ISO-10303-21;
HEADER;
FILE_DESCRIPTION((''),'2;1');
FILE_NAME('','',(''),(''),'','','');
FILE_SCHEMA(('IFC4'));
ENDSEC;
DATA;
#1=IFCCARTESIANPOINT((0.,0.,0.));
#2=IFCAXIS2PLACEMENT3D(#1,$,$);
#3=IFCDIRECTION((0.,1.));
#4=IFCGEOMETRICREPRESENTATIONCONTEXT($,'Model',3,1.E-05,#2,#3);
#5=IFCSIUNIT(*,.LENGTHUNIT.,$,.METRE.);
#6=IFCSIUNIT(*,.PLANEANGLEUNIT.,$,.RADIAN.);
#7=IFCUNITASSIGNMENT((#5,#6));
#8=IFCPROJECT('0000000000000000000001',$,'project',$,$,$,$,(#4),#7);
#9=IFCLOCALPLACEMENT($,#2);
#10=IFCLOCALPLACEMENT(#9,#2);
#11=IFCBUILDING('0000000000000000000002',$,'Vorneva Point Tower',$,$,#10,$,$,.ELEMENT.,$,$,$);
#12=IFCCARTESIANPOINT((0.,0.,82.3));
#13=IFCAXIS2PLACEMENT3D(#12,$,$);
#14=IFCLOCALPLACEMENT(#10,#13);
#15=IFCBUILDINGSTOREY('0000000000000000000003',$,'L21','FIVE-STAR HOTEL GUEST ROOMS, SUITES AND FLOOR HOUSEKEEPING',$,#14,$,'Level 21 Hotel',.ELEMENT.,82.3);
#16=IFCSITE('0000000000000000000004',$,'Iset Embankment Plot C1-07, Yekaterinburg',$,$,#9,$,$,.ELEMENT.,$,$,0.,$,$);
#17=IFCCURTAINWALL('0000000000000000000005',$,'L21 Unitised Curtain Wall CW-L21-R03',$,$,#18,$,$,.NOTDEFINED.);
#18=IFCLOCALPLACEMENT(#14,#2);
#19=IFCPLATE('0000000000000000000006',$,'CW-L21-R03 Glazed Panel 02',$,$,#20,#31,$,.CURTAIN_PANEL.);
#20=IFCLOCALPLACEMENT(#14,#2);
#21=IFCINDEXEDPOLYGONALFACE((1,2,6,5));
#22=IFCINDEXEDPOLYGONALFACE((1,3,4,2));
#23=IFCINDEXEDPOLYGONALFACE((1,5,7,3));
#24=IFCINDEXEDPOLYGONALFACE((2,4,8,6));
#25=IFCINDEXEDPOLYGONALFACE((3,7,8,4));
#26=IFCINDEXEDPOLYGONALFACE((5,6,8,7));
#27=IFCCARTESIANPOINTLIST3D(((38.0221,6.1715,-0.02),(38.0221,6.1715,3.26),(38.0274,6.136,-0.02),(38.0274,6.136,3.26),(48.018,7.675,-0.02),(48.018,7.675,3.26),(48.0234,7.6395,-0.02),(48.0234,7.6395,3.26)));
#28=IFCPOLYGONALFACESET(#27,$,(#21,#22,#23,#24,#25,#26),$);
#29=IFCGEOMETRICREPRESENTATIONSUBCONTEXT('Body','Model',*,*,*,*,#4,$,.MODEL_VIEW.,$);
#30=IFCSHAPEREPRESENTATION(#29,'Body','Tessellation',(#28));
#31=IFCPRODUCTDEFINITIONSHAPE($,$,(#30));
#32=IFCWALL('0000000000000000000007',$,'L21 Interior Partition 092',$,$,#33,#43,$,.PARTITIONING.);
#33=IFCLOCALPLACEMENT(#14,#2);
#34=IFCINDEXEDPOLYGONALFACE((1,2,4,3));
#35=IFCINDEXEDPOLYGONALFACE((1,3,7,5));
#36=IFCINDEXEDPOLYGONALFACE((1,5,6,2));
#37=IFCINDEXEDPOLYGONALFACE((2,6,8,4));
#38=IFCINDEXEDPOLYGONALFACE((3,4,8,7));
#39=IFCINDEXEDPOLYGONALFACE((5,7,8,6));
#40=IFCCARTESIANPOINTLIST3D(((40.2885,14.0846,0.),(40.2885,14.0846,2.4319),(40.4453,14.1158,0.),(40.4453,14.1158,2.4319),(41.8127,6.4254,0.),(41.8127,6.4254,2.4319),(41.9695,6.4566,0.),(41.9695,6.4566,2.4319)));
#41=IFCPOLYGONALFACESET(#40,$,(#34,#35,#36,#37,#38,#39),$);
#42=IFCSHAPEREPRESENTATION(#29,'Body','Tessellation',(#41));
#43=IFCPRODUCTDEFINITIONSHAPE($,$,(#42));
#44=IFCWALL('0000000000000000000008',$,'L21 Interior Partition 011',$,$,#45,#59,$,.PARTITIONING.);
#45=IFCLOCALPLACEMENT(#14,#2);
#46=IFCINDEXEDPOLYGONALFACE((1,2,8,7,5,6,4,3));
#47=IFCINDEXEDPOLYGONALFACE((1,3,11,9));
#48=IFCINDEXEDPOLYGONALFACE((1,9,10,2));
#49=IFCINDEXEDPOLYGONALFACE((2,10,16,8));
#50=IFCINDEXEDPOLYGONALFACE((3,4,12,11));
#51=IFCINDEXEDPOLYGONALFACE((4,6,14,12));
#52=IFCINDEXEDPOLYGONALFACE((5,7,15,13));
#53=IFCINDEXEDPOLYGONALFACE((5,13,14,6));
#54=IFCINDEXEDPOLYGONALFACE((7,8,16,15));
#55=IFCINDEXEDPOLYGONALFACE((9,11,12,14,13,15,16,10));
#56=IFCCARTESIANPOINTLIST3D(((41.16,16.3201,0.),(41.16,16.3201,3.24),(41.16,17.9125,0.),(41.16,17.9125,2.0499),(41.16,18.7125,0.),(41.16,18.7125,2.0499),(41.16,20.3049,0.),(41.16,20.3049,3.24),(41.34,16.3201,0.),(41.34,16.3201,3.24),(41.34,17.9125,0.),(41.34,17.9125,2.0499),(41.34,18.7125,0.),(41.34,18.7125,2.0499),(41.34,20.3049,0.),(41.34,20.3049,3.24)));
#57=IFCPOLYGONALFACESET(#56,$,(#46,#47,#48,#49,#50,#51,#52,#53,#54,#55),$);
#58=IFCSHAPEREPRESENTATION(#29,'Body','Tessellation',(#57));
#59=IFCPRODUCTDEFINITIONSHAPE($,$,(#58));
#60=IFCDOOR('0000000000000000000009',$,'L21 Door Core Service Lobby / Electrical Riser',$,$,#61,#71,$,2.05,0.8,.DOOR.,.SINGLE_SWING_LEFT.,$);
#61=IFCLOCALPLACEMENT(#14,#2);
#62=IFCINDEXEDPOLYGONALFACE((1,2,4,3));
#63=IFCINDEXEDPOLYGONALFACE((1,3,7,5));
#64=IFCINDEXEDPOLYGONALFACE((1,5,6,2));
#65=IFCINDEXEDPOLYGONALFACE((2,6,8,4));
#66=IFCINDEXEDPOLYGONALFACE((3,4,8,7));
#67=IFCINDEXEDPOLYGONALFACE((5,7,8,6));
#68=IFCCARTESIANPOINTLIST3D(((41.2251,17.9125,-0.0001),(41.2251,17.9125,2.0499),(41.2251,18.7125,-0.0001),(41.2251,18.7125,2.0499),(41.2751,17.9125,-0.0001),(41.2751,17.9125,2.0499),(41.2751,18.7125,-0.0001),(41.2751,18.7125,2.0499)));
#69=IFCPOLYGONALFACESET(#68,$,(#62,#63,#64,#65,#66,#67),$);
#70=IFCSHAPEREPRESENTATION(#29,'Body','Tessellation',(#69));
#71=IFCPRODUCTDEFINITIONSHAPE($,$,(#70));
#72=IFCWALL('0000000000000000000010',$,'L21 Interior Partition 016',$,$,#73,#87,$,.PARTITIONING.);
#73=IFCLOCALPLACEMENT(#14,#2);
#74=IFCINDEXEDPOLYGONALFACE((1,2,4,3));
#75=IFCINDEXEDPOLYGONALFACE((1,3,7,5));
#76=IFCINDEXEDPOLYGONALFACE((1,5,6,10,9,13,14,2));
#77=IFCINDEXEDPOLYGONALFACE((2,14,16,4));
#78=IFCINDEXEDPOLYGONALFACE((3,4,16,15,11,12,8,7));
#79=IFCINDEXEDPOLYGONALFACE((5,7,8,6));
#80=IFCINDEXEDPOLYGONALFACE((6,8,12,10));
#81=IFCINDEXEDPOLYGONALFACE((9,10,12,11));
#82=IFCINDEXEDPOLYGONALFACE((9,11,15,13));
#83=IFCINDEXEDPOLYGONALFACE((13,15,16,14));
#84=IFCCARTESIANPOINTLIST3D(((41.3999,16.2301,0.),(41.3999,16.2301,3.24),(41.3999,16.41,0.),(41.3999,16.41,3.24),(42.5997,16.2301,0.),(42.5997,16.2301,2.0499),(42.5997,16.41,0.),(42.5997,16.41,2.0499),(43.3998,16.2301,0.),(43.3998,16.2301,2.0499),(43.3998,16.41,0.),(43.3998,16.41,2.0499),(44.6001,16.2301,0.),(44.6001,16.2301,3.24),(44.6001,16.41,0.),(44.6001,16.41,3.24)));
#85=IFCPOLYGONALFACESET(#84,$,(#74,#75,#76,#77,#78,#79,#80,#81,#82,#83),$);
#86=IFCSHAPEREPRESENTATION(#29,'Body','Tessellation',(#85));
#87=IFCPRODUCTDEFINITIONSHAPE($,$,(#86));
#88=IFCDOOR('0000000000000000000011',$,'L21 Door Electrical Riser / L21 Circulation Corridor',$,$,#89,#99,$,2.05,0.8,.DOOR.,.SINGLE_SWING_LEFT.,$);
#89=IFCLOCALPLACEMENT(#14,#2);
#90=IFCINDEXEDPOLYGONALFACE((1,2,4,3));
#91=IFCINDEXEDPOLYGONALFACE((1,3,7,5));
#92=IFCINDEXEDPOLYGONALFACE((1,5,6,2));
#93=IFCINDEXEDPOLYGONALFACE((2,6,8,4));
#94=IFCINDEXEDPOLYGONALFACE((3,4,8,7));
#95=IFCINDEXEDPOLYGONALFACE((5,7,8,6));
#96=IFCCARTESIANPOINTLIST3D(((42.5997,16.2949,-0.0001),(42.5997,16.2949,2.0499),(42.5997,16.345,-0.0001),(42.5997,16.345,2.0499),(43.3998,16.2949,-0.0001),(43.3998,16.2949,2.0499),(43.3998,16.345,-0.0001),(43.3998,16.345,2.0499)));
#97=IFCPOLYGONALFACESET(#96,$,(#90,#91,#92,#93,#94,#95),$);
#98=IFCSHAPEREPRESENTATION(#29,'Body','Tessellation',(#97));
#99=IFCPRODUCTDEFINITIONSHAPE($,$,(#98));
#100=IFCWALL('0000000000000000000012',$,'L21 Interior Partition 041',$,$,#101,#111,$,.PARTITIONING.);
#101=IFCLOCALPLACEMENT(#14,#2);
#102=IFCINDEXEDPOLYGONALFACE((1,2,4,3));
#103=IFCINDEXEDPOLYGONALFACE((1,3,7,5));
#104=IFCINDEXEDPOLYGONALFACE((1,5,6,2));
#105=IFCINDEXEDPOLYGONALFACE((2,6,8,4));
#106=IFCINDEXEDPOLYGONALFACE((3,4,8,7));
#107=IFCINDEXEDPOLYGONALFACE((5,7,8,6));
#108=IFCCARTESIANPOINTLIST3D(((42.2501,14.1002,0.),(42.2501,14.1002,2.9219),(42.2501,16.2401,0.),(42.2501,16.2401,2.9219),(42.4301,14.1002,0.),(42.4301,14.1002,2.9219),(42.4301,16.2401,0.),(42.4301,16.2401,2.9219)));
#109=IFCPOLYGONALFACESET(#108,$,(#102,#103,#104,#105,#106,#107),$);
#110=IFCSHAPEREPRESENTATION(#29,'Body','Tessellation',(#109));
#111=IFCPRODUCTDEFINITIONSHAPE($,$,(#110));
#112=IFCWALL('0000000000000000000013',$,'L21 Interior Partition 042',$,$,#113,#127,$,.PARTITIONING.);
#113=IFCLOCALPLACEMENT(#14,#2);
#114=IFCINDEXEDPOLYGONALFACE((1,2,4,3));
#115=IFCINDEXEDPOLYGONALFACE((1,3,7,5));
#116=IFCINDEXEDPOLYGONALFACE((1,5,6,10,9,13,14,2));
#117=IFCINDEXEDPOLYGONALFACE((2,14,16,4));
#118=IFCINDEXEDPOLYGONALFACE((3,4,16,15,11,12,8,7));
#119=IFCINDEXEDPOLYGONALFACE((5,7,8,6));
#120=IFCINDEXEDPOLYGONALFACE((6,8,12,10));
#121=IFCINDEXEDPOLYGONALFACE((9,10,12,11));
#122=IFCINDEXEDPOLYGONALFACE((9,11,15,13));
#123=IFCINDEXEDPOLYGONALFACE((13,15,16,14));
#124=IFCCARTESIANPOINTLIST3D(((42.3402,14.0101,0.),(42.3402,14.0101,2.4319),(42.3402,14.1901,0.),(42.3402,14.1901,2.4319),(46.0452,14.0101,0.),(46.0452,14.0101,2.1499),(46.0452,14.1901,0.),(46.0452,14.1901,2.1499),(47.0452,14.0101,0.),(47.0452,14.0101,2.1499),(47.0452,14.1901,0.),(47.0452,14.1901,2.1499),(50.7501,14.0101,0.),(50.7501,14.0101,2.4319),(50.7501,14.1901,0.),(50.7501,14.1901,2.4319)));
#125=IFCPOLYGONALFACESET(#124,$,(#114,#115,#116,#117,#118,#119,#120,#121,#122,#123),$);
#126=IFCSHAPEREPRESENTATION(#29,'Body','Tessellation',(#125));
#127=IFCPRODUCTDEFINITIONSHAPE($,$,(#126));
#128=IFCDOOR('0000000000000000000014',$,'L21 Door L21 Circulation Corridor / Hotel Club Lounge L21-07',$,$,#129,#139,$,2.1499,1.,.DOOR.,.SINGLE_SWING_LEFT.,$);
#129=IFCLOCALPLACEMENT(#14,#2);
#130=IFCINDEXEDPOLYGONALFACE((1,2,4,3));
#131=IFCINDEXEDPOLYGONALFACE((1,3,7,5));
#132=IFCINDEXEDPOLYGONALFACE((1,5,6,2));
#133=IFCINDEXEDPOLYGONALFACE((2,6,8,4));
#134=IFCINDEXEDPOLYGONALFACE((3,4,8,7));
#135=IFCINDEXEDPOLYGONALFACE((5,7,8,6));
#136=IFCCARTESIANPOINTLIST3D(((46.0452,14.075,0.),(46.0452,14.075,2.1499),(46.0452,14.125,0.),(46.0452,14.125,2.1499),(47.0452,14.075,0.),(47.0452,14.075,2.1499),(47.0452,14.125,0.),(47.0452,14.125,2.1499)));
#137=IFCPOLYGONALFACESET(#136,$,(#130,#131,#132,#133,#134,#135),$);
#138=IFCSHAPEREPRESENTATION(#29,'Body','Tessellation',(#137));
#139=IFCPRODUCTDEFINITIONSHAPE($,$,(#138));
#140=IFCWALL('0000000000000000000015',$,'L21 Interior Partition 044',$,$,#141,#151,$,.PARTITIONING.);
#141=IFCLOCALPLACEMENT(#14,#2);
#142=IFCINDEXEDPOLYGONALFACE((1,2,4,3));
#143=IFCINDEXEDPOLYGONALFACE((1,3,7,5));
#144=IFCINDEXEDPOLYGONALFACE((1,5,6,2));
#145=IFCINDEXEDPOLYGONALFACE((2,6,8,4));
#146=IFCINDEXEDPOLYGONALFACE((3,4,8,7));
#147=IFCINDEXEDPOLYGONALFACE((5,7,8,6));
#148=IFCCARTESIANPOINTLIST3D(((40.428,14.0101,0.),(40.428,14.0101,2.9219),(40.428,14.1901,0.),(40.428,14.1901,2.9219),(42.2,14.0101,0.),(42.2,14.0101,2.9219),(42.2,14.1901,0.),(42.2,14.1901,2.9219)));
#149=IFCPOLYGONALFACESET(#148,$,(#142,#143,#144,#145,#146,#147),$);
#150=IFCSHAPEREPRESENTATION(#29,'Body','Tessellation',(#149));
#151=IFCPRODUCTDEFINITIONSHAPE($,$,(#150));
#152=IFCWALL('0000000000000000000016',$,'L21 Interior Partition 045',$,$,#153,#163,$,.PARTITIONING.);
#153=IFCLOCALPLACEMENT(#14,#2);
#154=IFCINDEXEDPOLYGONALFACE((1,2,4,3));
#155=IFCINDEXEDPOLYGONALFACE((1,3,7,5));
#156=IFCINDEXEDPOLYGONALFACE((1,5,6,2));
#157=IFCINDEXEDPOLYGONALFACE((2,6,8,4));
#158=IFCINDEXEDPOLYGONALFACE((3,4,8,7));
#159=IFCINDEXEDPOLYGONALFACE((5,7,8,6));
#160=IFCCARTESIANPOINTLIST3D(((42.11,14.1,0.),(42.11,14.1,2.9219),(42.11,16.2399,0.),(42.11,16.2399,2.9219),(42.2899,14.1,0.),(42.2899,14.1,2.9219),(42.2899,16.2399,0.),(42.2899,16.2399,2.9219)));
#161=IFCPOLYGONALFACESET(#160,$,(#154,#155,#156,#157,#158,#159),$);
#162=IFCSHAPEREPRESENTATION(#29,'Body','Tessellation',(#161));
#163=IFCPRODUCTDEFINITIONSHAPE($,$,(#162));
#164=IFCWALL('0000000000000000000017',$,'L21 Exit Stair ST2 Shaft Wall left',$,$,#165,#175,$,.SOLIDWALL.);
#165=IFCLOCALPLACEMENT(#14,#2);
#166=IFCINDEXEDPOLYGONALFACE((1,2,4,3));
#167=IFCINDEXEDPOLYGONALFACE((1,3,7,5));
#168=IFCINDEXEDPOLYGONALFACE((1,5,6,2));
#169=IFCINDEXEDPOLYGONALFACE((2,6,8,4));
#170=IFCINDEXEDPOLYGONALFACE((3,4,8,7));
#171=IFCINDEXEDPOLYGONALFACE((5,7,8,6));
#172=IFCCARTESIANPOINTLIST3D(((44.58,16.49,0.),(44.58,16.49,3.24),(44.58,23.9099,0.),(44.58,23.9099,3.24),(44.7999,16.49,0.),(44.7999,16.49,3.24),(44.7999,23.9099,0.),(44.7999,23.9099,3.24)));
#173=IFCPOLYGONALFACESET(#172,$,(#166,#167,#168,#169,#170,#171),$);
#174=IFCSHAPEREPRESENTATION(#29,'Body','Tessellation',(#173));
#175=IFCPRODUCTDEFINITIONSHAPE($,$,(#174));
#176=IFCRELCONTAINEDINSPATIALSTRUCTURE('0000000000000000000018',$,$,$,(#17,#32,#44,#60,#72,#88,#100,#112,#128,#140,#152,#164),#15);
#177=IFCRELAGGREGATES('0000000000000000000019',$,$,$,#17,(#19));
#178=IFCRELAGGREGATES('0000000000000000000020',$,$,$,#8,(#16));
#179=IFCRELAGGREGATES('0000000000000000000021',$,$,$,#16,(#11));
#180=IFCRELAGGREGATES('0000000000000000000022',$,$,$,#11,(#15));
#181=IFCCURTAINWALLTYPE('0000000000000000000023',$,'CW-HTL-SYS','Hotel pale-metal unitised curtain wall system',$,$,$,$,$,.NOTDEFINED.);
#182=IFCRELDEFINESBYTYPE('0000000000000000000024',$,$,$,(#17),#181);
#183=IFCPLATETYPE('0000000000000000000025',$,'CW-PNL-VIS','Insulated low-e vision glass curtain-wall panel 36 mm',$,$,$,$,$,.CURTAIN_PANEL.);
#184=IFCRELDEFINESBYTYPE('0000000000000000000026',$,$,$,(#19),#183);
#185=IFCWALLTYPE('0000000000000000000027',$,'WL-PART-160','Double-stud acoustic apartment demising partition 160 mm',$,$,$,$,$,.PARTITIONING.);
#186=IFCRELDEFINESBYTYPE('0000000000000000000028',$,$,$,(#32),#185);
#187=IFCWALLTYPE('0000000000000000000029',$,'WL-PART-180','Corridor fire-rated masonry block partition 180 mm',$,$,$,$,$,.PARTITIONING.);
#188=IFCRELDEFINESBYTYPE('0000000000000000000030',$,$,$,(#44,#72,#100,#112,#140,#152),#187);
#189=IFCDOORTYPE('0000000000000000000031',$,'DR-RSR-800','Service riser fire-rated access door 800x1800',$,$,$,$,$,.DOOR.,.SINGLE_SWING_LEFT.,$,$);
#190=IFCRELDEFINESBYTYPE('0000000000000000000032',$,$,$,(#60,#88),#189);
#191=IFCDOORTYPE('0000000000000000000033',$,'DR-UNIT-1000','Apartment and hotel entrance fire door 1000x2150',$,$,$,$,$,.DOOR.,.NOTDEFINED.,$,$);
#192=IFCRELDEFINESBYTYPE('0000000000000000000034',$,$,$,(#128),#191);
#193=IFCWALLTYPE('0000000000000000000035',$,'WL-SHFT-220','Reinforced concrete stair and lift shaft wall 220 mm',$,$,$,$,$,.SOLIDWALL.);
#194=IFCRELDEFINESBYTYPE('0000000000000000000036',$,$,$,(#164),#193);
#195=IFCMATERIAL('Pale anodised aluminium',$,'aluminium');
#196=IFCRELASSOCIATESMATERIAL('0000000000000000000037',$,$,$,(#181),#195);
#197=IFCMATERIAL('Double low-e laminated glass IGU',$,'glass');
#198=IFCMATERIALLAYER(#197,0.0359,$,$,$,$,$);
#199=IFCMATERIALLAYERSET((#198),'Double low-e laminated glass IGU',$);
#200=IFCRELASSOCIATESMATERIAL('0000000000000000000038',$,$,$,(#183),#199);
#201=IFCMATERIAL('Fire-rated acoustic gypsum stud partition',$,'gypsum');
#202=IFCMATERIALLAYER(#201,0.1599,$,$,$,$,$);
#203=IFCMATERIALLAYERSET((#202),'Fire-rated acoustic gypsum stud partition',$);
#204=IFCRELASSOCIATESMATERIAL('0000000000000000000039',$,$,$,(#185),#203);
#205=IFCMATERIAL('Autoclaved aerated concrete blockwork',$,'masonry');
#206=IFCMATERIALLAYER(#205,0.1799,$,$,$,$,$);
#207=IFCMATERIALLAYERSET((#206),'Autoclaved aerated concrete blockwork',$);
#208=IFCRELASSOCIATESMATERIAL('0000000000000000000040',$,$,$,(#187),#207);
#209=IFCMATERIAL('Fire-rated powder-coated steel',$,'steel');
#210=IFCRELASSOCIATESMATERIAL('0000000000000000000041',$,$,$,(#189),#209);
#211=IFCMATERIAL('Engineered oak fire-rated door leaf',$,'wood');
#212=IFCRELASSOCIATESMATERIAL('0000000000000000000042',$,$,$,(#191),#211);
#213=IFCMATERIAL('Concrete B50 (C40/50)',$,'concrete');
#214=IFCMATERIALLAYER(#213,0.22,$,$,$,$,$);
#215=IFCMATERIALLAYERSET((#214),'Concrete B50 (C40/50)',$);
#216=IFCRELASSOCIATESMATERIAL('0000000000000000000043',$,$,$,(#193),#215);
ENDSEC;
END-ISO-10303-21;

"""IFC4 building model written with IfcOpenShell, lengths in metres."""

from ifc_helpers import new_model, si_unit, direction, frame, frame_2d, origin, origin_2d, place, context, subcontext, project, spatial, rectangle, extrude, material, layer, layer_set, type_object, element, fill, aggregate, save


model = new_model("IFC4")

# Units and contexts
model_context = context("Model", 3, precision=1e-05, world=origin(), true_north=direction((0.0, 1.0)))
body_context = subcontext(model_context, "Body", "Model", "MODEL_VIEW")
ifc_project = project(units=[si_unit("LENGTHUNIT", "METRE"), si_unit("PLANEANGLEUNIT", "RADIAN")], contexts=[model_context])

# Site, building, storey
site_placement = place(None, origin())
site = spatial("IfcSite", under=ifc_project, at=site_placement, Name="Iset Embankment Plot C1-07, Yekaterinburg", CompositionType="ELEMENT", RefElevation=0.0)
building_placement = place(site_placement, origin())
building = spatial("IfcBuilding", under=site, at=building_placement, Name="Vorneva Point Tower", CompositionType="ELEMENT")
storey_placement = place(building_placement, frame((0.0, 0.0, 82.3)))
storey = spatial("IfcBuildingStorey", under=building, at=storey_placement, Name="L21", Description="FIVE-STAR HOTEL GUEST ROOMS, SUITES AND FLOOR HOUSEKEEPING", LongName="Level 21 Hotel", CompositionType="ELEMENT", Elevation=82.3)

# Curtain wall, plate
ifc_material_1 = material(Name="Pale anodised aluminium", Category="aluminium")
curtain_wall_type = type_object("IfcCurtainWallType", Name="CW-HTL-SYS", Description="Hotel pale-metal unitised curtain wall system", PredefinedType="NOTDEFINED", material=ifc_material_1)
curtain_wall_placement = place(storey_placement, origin())
curtain_wall = element("IfcCurtainWall", 1, at=curtain_wall_placement, inside=storey, type_object=curtain_wall_type, Name="L21 Unitised Curtain Wall CW-L21-R03", PredefinedType="NOTDEFINED")
ifc_material_2 = material(Name="Double low-e laminated glass IGU", Category="glass")
ifc_layer_1 = layer(ifc_material_2, 0.0359)
ifc_layer_set_1 = layer_set([ifc_layer_1], Name="Double low-e laminated glass IGU")
plate_type = type_object("IfcPlateType", Name="CW-PNL-VIS", Description="Insulated low-e vision glass curtain-wall panel 36 mm", PredefinedType="CURTAIN_PANEL", material=ifc_layer_set_1)
plate_placement = place(storey_placement, frame((43.0227, 6.9055, -0.02), z_axis=(0.0, 0.0, 1.0), x_axis=(0.988876, 0.148741, 0.0)))
plate = element("IfcPlate", 2, at=plate_placement, type_object=plate_type, Name="CW-L21-R03 Glazed Panel 02", PredefinedType="CURTAIN_PANEL", context=body_context, shape_type="SweptSolid", body=[
    extrude(rectangle(XDim=10.1084, YDim=0.0359, at=origin_2d()), origin(), (0.0, 0.0, 1.0), 3.28),
])
aggregate(curtain_wall, [plate])

# Wall
ifc_material_3 = material(Name="Fire-rated acoustic gypsum stud partition", Category="gypsum")
ifc_layer_2 = layer(ifc_material_3, 0.1599)
ifc_layer_set_2 = layer_set([ifc_layer_2], Name="Fire-rated acoustic gypsum stud partition")
wall_type_1 = type_object("IfcWallType", Name="WL-PART-160", Description="Double-stud acoustic apartment demising partition 160 mm", PredefinedType="PARTITIONING", material=ifc_layer_set_2)
wall_1_placement = place(storey_placement, frame((41.8911, 6.4409, 0.0), z_axis=(0.0, 0.0, 1.0), x_axis=(-0.195172, 0.980769, 0.0)))
element("IfcWall", 3, at=wall_1_placement, inside=storey, type_object=wall_type_1, Name="L21 Interior Partition 092", PredefinedType="PARTITIONING", context=body_context, shape_type="SweptSolid", body=[
    extrude(rectangle(XDim=7.8093, YDim=0.1599, at=frame_2d((3.9048, 0.0))), origin(), (0.0, 0.0, 1.0), 2.4319),
])

# Walls, openings, doors
ifc_material_4 = material(Name="Autoclaved aerated concrete blockwork", Category="masonry")
ifc_layer_3 = layer(ifc_material_4, 0.1799)
ifc_layer_set_3 = layer_set([ifc_layer_3], Name="Autoclaved aerated concrete blockwork")
wall_type_2 = type_object("IfcWallType", Name="WL-PART-180", Description="Corridor fire-rated masonry block partition 180 mm", PredefinedType="PARTITIONING", material=ifc_layer_set_3)
wall_2_placement = place(storey_placement, frame((41.25, 16.3201, 0.0), z_axis=(0.0, 0.0, 1.0), x_axis=(0.0, 1.0, 0.0)))
wall_2 = element("IfcWall", 4, at=wall_2_placement, inside=storey, type_object=wall_type_2, Name="L21 Interior Partition 011", PredefinedType="PARTITIONING", context=body_context, shape_type="SweptSolid", body=[
    extrude(rectangle(XDim=3.9849, YDim=0.1799, at=frame_2d((1.9924, 0.0))), origin(), (0.0, 0.0, 1.0), 3.24),
])
opening_1_placement = place(wall_2_placement, frame((1.5925, 0.0, 0.0)))
opening_1 = element("IfcOpeningElement", 5, at=opening_1_placement, cuts=wall_2, PredefinedType="OPENING", context=body_context, shape_type="SweptSolid", body=[
    extrude(rectangle(XDim=0.8, YDim=2.05, at=frame_2d((0.3999, 1.0249))), frame((0.0, 0.105, 0.0), z_axis=(0.0, -1.0, 0.0), x_axis=(1.0, 0.0, 0.0)), (0.0, 0.0, 1.0), 0.2097),
])
ifc_material_5 = material(Name="Fire-rated powder-coated steel", Category="steel")
door_type_1 = type_object("IfcDoorType", Name="DR-RSR-800", Description="Service riser fire-rated access door 800x1800", OperationType="SINGLE_SWING_LEFT", PredefinedType="DOOR", material=ifc_material_5)
door_1_placement = place(opening_1_placement, origin())
door_1 = element("IfcDoor", 6, at=door_1_placement, inside=storey, type_object=door_type_1, Name="L21 Door Core Service Lobby / Electrical Riser", OperationType="SINGLE_SWING_LEFT", OverallHeight=2.05, OverallWidth=0.8, PredefinedType="DOOR", context=body_context, shape_type="SweptSolid", body=[
    extrude(rectangle(XDim=0.8, YDim=2.05, at=frame_2d((0.3999, 1.0249))), frame((0.0, 0.0249, 0.0), z_axis=(0.0, -1.0, 0.0), x_axis=(1.0, 0.0, 0.0)), (0.0, 0.0, 1.0), 0.05),
])
fill(opening_1, door_1)
wall_3_placement = place(storey_placement, frame((41.3999, 16.3201, 0.0), z_axis=(0.0, 0.0, 1.0), x_axis=(1.0, 0.0, 0.0)))
wall_3 = element("IfcWall", 7, at=wall_3_placement, inside=storey, type_object=wall_type_2, Name="L21 Interior Partition 016", PredefinedType="PARTITIONING", context=body_context, shape_type="SweptSolid", body=[
    extrude(rectangle(XDim=3.2002, YDim=0.1799, at=frame_2d((1.6001, 0.0))), origin(), (0.0, 0.0, 1.0), 3.24),
])
opening_2_placement = place(wall_3_placement, frame((1.2, 0.0, 0.0)))
opening_2 = element("IfcOpeningElement", 8, at=opening_2_placement, cuts=wall_3, PredefinedType="OPENING", context=body_context, shape_type="SweptSolid", body=[
    extrude(rectangle(XDim=0.8, YDim=2.05, at=frame_2d((0.3999, 1.0249))), frame((0.0, 0.105, 0.0), z_axis=(0.0, -1.0, 0.0), x_axis=(1.0, 0.0, 0.0)), (0.0, 0.0, 1.0), 0.2097),
])
door_2_placement = place(opening_2_placement, origin())
door_2 = element("IfcDoor", 9, at=door_2_placement, inside=storey, type_object=door_type_1, Name="L21 Door Electrical Riser / L21 Circulation Corridor", OperationType="SINGLE_SWING_LEFT", OverallHeight=2.05, OverallWidth=0.8, PredefinedType="DOOR", context=body_context, shape_type="SweptSolid", body=[
    extrude(rectangle(XDim=0.8, YDim=2.05, at=frame_2d((0.3999, 1.0249))), frame((0.0, 0.0249, 0.0), z_axis=(0.0, -1.0, 0.0), x_axis=(1.0, 0.0, 0.0)), (0.0, 0.0, 1.0), 0.05),
])
fill(opening_2, door_2)

# Wall
wall_4_placement = place(storey_placement, frame((42.3401, 16.24, 0.0), z_axis=(0.0, 0.0, 1.0), x_axis=(0.0, -1.0, 0.0)))
element("IfcWall", 10, at=wall_4_placement, inside=storey, type_object=wall_type_2, Name="L21 Interior Partition 041", PredefinedType="PARTITIONING", context=body_context, shape_type="SweptSolid", body=[
    extrude(rectangle(XDim=2.1399, YDim=0.1799, at=frame_2d((1.0698, 0.0))), origin(), (0.0, 0.0, 1.0), 2.9219),
])

# Wall, opening, door
wall_5_placement = place(storey_placement, frame((42.3401, 14.1001, 0.0), z_axis=(0.0, 0.0, 1.0), x_axis=(1.0, 0.0, 0.0)))
wall_5 = element("IfcWall", 11, at=wall_5_placement, inside=storey, type_object=wall_type_2, Name="L21 Interior Partition 042", PredefinedType="PARTITIONING", context=body_context, shape_type="SweptSolid", body=[
    extrude(rectangle(XDim=8.4099, YDim=0.1799, at=frame_2d((4.2051, 0.0))), origin(), (0.0, 0.0, 1.0), 2.4319),
])
opening_3_placement = place(wall_5_placement, frame((3.7051, 0.0, 0.0)))
opening_3 = element("IfcOpeningElement", 12, at=opening_3_placement, cuts=wall_5, PredefinedType="OPENING", context=body_context, shape_type="SweptSolid", body=[
    extrude(rectangle(XDim=1.0, YDim=2.1499, at=frame_2d((0.5, 1.075))), frame((0.0, 0.105, 0.0), z_axis=(0.0, -1.0, 0.0), x_axis=(1.0, 0.0, 0.0)), (0.0, 0.0, 1.0), 0.2097),
])
ifc_material_6 = material(Name="Engineered oak fire-rated door leaf", Category="wood")
door_type_2 = type_object("IfcDoorType", Name="DR-UNIT-1000", Description="Apartment and hotel entrance fire door 1000x2150", OperationType="NOTDEFINED", PredefinedType="DOOR", material=ifc_material_6)
door_3_placement = place(opening_3_placement, origin())
door_3 = element("IfcDoor", 13, at=door_3_placement, inside=storey, type_object=door_type_2, Name="L21 Door L21 Circulation Corridor / Hotel Club Lounge L21-07", OperationType="SINGLE_SWING_LEFT", OverallHeight=2.1499, OverallWidth=1.0, PredefinedType="DOOR", context=body_context, shape_type="SweptSolid", body=[
    extrude(rectangle(XDim=1.0, YDim=2.1499, at=frame_2d((0.5, 1.075))), frame((0.0, 0.0249, 0.0), z_axis=(0.0, -1.0, 0.0), x_axis=(1.0, 0.0, 0.0)), (0.0, 0.0, 1.0), 0.05),
])
fill(opening_3, door_3)

# Walls
wall_6_placement = place(storey_placement, frame((40.428, 14.1001, 0.0), z_axis=(0.0, 0.0, 1.0), x_axis=(1.0, 0.0, 0.0)))
element("IfcWall", 14, at=wall_6_placement, inside=storey, type_object=wall_type_2, Name="L21 Interior Partition 044", PredefinedType="PARTITIONING", context=body_context, shape_type="SweptSolid", body=[
    extrude(rectangle(XDim=1.772, YDim=0.1799, at=frame_2d((0.886, 0.0))), origin(), (0.0, 0.0, 1.0), 2.9219),
])
wall_7_placement = place(storey_placement, frame((42.2, 14.1001, 0.0), z_axis=(0.0, 0.0, 1.0), x_axis=(0.0, 1.0, 0.0)))
element("IfcWall", 15, at=wall_7_placement, inside=storey, type_object=wall_type_2, Name="L21 Interior Partition 045", PredefinedType="PARTITIONING", context=body_context, shape_type="SweptSolid", body=[
    extrude(rectangle(XDim=2.1399, YDim=0.1799, at=frame_2d((1.0698, 0.0))), origin(), (0.0, 0.0, 1.0), 2.9219),
])
ifc_material_7 = material(Name="Concrete B50 (C40/50)", Category="concrete")
ifc_layer_4 = layer(ifc_material_7, 0.22)
ifc_layer_set_4 = layer_set([ifc_layer_4], Name="Concrete B50 (C40/50)")
wall_type_3 = type_object("IfcWallType", Name="WL-SHFT-220", Description="Reinforced concrete stair and lift shaft wall 220 mm", PredefinedType="SOLIDWALL", material=ifc_layer_set_4)
wall_8_placement = place(storey_placement, frame((44.6899, 16.49, 0.0), z_axis=(0.0, 0.0, 1.0), x_axis=(0.0, 1.0, 0.0)))
element("IfcWall", 16, at=wall_8_placement, inside=storey, type_object=wall_type_3, Name="L21 Exit Stair ST2 Shaft Wall left", PredefinedType="SOLIDWALL", context=body_context, shape_type="SweptSolid", body=[
    extrude(rectangle(XDim=7.4199, YDim=0.22, at=frame_2d((3.71, 0.0))), origin(), (0.0, 0.0, 1.0), 3.24),
])

save(model, "model.ifc")
